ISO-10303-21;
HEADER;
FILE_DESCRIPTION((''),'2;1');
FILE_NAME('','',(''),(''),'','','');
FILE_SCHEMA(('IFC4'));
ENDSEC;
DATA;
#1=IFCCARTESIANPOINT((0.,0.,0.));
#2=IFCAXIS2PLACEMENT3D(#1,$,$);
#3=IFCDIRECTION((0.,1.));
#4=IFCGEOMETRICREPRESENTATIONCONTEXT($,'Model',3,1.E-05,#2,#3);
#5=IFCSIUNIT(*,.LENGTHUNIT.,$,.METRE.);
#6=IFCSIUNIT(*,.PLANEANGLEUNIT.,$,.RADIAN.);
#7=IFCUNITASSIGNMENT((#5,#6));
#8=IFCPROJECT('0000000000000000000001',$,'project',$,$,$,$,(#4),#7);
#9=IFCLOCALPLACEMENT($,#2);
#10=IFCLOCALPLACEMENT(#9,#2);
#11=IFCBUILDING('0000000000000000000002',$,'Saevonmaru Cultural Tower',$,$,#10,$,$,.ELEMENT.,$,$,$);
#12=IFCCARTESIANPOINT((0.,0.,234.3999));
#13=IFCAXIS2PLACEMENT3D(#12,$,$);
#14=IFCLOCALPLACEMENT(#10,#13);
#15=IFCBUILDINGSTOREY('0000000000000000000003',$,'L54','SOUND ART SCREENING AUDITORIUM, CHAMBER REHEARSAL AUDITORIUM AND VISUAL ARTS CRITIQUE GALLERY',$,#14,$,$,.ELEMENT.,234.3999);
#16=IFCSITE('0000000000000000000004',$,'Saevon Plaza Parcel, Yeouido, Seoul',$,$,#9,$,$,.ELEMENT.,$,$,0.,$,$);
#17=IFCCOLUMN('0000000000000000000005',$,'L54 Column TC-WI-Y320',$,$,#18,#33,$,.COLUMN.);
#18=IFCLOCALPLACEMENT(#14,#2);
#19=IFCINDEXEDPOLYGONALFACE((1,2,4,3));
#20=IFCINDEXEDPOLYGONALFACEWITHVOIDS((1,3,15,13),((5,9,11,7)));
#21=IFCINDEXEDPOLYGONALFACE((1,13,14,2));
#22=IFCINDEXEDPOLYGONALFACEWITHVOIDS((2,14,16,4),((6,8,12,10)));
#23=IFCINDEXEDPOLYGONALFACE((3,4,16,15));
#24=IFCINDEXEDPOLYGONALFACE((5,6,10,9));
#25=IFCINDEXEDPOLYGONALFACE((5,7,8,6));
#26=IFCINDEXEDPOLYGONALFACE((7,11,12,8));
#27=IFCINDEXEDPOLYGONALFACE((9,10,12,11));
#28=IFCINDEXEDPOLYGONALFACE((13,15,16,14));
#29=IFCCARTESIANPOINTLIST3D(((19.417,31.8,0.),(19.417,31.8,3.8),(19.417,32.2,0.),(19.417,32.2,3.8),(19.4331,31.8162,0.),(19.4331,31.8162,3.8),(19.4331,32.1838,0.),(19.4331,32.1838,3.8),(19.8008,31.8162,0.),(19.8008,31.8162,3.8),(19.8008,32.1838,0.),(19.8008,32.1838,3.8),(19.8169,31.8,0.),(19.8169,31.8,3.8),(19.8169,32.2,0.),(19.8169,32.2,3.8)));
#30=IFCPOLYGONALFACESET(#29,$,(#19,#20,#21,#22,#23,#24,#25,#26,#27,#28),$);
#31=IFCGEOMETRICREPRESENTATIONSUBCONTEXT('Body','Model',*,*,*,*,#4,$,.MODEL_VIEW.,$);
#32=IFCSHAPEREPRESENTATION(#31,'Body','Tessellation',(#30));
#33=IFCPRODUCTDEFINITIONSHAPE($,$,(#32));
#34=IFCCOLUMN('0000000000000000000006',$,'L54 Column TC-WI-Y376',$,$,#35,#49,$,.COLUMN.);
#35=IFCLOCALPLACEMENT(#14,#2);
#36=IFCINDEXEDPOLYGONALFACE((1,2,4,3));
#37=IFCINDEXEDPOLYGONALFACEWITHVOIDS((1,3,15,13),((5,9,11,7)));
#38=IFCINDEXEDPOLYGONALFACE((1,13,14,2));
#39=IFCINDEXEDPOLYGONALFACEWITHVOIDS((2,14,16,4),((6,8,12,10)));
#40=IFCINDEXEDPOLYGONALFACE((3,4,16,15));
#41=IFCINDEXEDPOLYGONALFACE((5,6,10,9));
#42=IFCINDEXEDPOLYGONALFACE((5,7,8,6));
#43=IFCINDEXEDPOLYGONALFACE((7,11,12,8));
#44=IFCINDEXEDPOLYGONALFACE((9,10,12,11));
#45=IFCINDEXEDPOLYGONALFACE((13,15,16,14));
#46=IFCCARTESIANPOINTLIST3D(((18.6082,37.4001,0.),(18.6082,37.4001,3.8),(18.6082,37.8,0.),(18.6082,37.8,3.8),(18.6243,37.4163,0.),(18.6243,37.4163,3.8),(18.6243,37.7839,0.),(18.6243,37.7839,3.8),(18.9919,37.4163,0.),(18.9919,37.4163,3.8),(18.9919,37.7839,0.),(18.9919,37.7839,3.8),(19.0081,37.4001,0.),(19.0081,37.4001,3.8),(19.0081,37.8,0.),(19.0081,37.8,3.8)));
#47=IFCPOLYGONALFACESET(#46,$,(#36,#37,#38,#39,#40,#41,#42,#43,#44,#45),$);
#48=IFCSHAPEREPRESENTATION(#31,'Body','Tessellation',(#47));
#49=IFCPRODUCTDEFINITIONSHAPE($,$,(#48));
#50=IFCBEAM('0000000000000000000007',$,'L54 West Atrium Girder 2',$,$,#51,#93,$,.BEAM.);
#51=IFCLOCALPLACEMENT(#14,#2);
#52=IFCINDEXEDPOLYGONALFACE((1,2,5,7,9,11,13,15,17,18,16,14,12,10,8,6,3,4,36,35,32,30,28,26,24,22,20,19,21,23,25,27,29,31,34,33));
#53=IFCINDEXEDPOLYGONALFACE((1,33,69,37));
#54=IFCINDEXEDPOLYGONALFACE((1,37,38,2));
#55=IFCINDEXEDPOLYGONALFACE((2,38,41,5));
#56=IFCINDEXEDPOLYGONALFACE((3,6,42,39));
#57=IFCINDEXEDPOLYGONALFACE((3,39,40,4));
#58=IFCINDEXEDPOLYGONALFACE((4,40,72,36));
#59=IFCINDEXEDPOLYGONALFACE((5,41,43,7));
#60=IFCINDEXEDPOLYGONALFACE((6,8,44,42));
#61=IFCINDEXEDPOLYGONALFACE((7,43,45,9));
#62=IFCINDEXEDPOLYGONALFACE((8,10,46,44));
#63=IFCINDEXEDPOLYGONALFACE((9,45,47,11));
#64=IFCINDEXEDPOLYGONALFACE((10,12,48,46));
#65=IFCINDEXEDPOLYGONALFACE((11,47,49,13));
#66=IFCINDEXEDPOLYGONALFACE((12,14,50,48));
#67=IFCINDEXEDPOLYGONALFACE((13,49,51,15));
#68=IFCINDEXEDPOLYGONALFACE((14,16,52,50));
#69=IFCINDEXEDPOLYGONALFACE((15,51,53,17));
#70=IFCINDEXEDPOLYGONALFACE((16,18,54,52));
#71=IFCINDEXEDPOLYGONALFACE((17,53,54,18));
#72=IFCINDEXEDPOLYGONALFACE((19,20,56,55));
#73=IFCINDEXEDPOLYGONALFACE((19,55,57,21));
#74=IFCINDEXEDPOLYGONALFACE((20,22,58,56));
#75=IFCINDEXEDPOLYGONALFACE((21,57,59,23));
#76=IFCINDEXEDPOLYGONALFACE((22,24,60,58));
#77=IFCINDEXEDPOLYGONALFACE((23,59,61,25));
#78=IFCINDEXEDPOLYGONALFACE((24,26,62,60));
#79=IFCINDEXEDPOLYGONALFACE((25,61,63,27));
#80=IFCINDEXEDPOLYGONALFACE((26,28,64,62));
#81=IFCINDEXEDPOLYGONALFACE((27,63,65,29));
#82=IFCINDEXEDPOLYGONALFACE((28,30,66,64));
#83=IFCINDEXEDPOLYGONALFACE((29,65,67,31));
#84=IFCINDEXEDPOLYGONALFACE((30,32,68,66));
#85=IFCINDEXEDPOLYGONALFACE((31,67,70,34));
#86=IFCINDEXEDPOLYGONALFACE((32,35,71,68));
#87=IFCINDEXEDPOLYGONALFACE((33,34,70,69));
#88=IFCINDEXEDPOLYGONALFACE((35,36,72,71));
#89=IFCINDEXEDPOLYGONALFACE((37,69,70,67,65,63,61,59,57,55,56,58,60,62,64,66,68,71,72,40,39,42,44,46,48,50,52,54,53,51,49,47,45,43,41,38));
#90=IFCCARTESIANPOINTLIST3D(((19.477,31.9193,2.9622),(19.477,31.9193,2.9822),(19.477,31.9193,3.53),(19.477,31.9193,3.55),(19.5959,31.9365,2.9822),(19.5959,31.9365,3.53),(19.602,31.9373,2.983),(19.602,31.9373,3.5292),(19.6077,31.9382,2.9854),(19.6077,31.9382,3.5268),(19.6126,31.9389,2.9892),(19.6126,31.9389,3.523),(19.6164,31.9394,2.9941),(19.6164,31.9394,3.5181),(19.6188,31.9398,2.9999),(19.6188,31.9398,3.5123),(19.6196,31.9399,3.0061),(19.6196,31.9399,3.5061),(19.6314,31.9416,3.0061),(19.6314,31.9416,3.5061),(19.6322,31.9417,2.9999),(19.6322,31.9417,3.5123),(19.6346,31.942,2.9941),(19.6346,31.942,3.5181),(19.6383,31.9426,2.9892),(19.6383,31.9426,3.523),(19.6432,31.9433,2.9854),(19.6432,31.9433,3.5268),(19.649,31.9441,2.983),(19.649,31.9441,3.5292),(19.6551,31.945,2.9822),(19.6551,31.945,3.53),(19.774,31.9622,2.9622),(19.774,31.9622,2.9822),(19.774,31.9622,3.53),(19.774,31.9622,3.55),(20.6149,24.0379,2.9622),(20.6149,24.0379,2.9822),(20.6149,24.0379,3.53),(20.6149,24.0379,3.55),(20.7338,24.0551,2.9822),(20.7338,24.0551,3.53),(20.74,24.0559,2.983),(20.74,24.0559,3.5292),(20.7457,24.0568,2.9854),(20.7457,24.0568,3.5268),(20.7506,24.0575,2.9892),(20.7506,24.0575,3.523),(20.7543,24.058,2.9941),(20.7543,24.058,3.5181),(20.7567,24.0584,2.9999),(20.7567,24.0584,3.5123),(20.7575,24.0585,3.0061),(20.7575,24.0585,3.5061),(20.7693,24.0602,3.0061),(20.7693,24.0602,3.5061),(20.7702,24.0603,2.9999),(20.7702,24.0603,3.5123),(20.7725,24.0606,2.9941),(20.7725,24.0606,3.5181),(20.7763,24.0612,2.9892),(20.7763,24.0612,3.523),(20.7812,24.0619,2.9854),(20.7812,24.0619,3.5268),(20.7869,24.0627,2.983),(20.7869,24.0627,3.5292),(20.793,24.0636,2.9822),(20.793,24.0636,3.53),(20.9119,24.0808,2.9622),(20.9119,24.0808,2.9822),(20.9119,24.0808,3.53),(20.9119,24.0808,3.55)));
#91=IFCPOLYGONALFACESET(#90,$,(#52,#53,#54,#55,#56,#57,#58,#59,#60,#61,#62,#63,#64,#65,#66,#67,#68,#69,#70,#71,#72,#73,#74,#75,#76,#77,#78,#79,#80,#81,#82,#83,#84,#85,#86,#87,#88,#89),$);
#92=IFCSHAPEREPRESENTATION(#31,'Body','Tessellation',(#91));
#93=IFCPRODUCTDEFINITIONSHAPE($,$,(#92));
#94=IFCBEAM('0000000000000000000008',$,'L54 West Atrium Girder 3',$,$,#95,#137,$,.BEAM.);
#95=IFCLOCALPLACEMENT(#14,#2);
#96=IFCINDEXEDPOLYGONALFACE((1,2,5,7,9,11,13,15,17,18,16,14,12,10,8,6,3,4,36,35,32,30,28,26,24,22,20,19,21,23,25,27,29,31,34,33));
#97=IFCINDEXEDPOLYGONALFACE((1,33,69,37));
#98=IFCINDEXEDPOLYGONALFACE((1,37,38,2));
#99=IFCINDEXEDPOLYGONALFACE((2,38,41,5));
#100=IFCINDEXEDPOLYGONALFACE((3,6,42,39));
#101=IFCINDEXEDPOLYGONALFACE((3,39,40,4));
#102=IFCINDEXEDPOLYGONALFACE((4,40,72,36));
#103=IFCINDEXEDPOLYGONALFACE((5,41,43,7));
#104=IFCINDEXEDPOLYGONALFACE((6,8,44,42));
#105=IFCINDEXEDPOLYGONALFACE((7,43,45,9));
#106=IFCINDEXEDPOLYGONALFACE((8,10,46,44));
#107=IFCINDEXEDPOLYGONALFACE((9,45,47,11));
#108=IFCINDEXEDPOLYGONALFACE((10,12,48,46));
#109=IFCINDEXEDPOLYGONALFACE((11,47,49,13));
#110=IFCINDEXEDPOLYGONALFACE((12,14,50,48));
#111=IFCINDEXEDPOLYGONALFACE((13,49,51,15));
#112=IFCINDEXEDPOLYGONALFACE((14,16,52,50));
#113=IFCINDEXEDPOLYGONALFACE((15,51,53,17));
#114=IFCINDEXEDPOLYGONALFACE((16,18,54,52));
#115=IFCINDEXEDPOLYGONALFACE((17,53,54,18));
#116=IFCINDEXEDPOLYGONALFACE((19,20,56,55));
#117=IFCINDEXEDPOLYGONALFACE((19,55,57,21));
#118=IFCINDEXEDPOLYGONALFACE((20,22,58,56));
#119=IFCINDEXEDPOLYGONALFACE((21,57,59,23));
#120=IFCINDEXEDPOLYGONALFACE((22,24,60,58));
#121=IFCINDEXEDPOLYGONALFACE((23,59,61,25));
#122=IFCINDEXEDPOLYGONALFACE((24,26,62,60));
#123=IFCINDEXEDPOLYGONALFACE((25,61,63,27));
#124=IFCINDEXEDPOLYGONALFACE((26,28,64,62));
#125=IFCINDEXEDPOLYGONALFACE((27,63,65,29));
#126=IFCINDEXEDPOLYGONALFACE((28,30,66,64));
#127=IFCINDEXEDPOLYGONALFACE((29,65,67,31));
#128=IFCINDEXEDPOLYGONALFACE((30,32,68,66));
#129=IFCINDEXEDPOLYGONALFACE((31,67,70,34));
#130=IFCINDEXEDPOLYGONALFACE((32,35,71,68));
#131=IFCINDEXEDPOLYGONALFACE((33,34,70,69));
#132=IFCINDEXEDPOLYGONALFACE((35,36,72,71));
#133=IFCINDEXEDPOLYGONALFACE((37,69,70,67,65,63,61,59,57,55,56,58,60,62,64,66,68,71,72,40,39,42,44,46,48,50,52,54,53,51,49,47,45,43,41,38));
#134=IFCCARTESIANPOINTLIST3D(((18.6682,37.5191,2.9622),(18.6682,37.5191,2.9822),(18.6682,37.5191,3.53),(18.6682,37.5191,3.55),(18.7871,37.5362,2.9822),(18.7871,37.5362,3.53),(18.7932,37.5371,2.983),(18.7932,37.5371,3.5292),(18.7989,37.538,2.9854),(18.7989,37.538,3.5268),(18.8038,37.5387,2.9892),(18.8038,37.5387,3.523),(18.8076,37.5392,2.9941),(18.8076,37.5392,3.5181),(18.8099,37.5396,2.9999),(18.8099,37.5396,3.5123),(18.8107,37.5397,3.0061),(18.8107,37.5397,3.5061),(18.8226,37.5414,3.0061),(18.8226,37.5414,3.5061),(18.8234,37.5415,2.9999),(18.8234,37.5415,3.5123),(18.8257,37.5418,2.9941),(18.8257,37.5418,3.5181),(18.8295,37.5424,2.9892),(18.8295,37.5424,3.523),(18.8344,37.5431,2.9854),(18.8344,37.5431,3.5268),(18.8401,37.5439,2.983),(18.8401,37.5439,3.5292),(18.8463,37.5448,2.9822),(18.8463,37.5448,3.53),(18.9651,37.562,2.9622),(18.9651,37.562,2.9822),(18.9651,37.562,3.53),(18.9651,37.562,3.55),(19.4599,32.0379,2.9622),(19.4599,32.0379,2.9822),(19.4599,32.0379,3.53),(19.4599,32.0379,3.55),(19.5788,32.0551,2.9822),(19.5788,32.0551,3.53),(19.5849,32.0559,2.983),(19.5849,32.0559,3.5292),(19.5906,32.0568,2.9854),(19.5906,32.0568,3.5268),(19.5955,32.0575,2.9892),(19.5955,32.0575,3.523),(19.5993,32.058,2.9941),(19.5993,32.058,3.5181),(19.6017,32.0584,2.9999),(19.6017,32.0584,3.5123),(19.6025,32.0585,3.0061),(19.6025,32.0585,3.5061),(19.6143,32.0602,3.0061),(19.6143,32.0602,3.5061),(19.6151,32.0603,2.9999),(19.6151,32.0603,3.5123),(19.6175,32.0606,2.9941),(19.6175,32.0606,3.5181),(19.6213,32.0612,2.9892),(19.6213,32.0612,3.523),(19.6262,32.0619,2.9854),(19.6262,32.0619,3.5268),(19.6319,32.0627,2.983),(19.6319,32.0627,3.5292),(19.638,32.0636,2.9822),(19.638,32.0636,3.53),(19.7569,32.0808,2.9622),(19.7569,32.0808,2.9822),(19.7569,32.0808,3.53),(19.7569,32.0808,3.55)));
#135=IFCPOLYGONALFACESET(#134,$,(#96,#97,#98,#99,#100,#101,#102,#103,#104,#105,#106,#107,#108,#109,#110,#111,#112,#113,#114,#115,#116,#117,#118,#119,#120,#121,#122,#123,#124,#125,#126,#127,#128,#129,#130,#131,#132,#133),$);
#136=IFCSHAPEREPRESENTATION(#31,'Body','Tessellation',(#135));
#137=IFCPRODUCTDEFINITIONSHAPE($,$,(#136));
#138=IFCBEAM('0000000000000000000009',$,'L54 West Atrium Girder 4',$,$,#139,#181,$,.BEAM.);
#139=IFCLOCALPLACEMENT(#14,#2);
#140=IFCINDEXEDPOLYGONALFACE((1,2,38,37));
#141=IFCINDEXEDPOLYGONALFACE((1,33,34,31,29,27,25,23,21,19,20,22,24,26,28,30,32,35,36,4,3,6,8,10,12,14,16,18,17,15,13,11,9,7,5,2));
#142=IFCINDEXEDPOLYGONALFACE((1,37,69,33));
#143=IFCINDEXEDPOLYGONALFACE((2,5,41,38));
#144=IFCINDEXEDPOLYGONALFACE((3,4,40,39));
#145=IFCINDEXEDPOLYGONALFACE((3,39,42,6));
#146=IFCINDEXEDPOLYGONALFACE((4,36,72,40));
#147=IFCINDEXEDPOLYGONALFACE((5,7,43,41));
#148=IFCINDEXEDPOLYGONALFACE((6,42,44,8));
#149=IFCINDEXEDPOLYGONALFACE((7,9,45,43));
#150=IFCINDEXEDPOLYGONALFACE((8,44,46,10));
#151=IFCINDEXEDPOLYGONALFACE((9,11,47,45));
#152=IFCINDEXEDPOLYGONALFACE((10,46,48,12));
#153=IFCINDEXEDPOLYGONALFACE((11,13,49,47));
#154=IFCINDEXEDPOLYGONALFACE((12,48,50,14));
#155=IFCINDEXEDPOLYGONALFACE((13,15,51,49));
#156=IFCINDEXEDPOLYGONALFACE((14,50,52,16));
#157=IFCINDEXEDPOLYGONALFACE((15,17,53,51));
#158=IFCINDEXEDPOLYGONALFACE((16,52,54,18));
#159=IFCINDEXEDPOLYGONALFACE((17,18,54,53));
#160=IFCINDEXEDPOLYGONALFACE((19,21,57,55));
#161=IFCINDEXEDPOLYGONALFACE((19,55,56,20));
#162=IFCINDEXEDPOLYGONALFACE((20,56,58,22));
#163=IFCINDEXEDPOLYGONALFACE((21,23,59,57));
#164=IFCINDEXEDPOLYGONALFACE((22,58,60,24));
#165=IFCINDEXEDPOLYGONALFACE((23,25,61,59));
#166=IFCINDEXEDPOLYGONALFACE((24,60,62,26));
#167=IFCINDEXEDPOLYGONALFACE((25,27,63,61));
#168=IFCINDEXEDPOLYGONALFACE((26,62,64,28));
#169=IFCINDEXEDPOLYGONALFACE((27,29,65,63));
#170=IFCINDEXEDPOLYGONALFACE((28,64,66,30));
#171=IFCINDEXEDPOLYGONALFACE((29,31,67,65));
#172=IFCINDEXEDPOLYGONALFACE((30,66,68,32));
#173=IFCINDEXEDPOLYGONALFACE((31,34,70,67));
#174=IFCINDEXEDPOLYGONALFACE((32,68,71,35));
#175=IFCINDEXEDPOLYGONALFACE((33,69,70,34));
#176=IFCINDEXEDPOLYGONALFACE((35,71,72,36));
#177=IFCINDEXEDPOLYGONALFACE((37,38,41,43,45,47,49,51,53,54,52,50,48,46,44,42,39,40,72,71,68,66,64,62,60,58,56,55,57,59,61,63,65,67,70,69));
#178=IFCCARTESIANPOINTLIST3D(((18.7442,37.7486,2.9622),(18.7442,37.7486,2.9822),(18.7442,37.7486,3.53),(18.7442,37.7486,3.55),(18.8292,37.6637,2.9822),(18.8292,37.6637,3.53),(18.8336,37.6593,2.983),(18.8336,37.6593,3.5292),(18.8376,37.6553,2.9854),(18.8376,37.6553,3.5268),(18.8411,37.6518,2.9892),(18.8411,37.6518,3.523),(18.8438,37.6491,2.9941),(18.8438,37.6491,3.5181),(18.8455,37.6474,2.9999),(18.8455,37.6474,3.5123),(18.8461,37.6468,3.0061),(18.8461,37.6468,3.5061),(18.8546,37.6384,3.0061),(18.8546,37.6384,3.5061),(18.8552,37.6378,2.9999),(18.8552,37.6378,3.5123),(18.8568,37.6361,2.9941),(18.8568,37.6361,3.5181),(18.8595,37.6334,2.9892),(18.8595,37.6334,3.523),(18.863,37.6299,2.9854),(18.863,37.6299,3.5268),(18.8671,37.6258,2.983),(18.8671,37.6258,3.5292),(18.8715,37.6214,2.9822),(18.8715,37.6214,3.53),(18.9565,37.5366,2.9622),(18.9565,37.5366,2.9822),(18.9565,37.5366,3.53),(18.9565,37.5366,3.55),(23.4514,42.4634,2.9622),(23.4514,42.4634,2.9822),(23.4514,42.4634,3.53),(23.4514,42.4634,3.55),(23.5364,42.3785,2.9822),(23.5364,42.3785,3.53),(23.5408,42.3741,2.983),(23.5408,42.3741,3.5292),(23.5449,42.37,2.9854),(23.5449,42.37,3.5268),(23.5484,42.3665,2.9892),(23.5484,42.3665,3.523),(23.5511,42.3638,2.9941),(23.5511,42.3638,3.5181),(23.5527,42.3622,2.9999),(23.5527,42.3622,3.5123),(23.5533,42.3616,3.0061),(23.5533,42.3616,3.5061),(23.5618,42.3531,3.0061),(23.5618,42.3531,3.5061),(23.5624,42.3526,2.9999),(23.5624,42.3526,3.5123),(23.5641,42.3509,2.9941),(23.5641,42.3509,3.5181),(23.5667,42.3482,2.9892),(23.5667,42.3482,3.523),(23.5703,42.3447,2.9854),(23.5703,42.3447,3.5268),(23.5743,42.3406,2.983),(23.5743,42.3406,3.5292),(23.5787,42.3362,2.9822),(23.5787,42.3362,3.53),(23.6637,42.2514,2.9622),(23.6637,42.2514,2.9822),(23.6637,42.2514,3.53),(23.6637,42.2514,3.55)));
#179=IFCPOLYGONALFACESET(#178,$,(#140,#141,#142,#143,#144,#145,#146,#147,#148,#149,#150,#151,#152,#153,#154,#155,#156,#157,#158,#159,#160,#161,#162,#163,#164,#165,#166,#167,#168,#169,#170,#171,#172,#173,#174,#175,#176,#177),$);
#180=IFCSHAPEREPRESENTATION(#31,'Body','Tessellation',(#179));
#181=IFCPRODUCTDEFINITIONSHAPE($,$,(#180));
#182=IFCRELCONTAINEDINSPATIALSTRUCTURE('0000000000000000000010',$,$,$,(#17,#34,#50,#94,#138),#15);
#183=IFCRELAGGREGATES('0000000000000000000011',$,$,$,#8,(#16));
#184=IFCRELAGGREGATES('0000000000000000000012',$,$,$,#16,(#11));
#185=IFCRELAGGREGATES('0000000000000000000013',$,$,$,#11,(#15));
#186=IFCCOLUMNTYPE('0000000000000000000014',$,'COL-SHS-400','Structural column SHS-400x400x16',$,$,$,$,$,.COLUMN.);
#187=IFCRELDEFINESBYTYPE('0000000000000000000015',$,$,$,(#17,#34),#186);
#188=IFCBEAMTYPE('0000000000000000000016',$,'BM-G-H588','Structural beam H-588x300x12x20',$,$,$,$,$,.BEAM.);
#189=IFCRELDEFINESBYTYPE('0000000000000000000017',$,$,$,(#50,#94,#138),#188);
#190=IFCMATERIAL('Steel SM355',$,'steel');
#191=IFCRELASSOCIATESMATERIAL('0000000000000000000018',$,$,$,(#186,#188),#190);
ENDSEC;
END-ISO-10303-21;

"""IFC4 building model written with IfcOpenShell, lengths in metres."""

from ifc_helpers import new_model, si_unit, direction, frame, origin, origin_2d, place, context, subcontext, project, spatial, hollow_rectangle, i_section, extrude, material, material_profile, profile_set, type_object, element, save


model = new_model("IFC4")

# Units and contexts
model_context = context("Model", 3, precision=1e-05, world=origin(), true_north=direction((0.0, 1.0)))
body_context = subcontext(model_context, "Body", "Model", "MODEL_VIEW")
ifc_project = project(units=[si_unit("LENGTHUNIT", "METRE"), si_unit("PLANEANGLEUNIT", "RADIAN")], contexts=[model_context])

# Site, building, storey
site_placement = place(None, origin())
site = spatial("IfcSite", under=ifc_project, at=site_placement, Name="Saevon Plaza Parcel, Yeouido, Seoul", CompositionType="ELEMENT", RefElevation=0.0)
building_placement = place(site_placement, origin())
building = spatial("IfcBuilding", under=site, at=building_placement, Name="Saevonmaru Cultural Tower", CompositionType="ELEMENT")
storey_placement = place(building_placement, frame((0.0, 0.0, 234.3999)))
storey = spatial("IfcBuildingStorey", under=building, at=storey_placement, Name="L54", Description="SOUND ART SCREENING AUDITORIUM, CHAMBER REHEARSAL AUDITORIUM AND VISUAL ARTS CRITIQUE GALLERY", CompositionType="ELEMENT", Elevation=234.3999)

# Columns
ifc_material_1 = material(Name="Steel SM355", Category="steel")
ifc_material_profile_1 = material_profile(ifc_material_1, hollow_rectangle(XDim=0.3999, YDim=0.3999, WallThickness=0.0161, at=origin_2d()), Name="SHS-400x400x16")
ifc_profile_set_1 = profile_set([ifc_material_profile_1], Name="Steel SM355")
column_type = type_object("IfcColumnType", Name="COL-SHS-400", Description="Structural column SHS-400x400x16", PredefinedType="COLUMN", material=ifc_profile_set_1)
for number, where, z_axis, x_axis, name in (
    (1, (19.6169, 32.0, 0.0), (0.0, 0.0, 1.0), (1.0, 0.0, 0.0), "L54 Column TC-WI-Y320"),
    (2, (18.8081, 37.6001, 0.0), (0.0, 0.0, 1.0), (1.0, 0.0, 0.0), "L54 Column TC-WI-Y376"),
):
    element("IfcColumn", number, at=place(storey_placement, frame(where, z_axis=z_axis, x_axis=x_axis)), inside=storey, type_object=column_type, Name=name, PredefinedType="COLUMN", context=body_context, shape_type="SweptSolid", body=[
        extrude(hollow_rectangle(XDim=0.3999, YDim=0.3999, WallThickness=0.0161, at=origin_2d()), origin(), (0.0, 0.0, 1.0), 3.8),
    ])

# Beams
ifc_material_profile_2 = material_profile(ifc_material_1, i_section(OverallWidth=0.3, OverallDepth=0.5879, WebThickness=0.012, FlangeThickness=0.02, FilletRadius=0.0239, at=origin_2d()), Name="H-588x300x12x20")
ifc_profile_set_2 = profile_set([ifc_material_profile_2], Name="Steel SM355")
beam_type = type_object("IfcBeamType", Name="BM-G-H588", Description="Structural beam H-588x300x12x20", PredefinedType="BEAM", material=ifc_profile_set_2)
beam_1_placement = place(storey_placement, frame((20.7634, 24.0593, 3.2561), z_axis=(-0.142902, 0.989737, 0.0), x_axis=(-0.989737, -0.142902, 0.0)))
element("IfcBeam", 3, at=beam_1_placement, inside=storey, type_object=beam_type, Name="L54 West Atrium Girder 2", PredefinedType="BEAM", context=body_context, shape_type="SweptSolid", body=[
    extrude(i_section(OverallWidth=0.3, OverallDepth=0.5879, WebThickness=0.012, FlangeThickness=0.02, FilletRadius=0.0239, at=origin_2d()), origin(), (0.0, 0.0, 1.0), 7.9631),
])
beam_2_placement = place(storey_placement, frame((19.6084, 32.0593, 3.2561), z_axis=(-0.142964, 0.989728, 0.0), x_axis=(-0.989728, -0.142964, 0.0)))
element("IfcBeam", 4, at=beam_2_placement, inside=storey, type_object=beam_type, Name="L54 West Atrium Girder 3", PredefinedType="BEAM", context=body_context, shape_type="SweptSolid", body=[
    extrude(i_section(OverallWidth=0.3, OverallDepth=0.5879, WebThickness=0.012, FlangeThickness=0.02, FilletRadius=0.0239, at=origin_2d()), origin(), (0.0, 0.0, 1.0), 5.5381),
])
beam_3_placement = place(storey_placement, frame((18.8503, 37.6426, 3.2561), z_axis=(0.706539, 0.707675, 0.0), x_axis=(-0.707675, 0.706539, 0.0)))
element("IfcBeam", 5, at=beam_3_placement, inside=storey, type_object=beam_type, Name="L54 West Atrium Girder 4", PredefinedType="BEAM", context=body_context, shape_type="SweptSolid", body=[
    extrude(i_section(OverallWidth=0.3, OverallDepth=0.5879, WebThickness=0.012, FlangeThickness=0.02, FilletRadius=0.0239, at=origin_2d()), origin(), (0.0, 0.0, 1.0), 6.6624),
])

save(model, "model.ifc")
